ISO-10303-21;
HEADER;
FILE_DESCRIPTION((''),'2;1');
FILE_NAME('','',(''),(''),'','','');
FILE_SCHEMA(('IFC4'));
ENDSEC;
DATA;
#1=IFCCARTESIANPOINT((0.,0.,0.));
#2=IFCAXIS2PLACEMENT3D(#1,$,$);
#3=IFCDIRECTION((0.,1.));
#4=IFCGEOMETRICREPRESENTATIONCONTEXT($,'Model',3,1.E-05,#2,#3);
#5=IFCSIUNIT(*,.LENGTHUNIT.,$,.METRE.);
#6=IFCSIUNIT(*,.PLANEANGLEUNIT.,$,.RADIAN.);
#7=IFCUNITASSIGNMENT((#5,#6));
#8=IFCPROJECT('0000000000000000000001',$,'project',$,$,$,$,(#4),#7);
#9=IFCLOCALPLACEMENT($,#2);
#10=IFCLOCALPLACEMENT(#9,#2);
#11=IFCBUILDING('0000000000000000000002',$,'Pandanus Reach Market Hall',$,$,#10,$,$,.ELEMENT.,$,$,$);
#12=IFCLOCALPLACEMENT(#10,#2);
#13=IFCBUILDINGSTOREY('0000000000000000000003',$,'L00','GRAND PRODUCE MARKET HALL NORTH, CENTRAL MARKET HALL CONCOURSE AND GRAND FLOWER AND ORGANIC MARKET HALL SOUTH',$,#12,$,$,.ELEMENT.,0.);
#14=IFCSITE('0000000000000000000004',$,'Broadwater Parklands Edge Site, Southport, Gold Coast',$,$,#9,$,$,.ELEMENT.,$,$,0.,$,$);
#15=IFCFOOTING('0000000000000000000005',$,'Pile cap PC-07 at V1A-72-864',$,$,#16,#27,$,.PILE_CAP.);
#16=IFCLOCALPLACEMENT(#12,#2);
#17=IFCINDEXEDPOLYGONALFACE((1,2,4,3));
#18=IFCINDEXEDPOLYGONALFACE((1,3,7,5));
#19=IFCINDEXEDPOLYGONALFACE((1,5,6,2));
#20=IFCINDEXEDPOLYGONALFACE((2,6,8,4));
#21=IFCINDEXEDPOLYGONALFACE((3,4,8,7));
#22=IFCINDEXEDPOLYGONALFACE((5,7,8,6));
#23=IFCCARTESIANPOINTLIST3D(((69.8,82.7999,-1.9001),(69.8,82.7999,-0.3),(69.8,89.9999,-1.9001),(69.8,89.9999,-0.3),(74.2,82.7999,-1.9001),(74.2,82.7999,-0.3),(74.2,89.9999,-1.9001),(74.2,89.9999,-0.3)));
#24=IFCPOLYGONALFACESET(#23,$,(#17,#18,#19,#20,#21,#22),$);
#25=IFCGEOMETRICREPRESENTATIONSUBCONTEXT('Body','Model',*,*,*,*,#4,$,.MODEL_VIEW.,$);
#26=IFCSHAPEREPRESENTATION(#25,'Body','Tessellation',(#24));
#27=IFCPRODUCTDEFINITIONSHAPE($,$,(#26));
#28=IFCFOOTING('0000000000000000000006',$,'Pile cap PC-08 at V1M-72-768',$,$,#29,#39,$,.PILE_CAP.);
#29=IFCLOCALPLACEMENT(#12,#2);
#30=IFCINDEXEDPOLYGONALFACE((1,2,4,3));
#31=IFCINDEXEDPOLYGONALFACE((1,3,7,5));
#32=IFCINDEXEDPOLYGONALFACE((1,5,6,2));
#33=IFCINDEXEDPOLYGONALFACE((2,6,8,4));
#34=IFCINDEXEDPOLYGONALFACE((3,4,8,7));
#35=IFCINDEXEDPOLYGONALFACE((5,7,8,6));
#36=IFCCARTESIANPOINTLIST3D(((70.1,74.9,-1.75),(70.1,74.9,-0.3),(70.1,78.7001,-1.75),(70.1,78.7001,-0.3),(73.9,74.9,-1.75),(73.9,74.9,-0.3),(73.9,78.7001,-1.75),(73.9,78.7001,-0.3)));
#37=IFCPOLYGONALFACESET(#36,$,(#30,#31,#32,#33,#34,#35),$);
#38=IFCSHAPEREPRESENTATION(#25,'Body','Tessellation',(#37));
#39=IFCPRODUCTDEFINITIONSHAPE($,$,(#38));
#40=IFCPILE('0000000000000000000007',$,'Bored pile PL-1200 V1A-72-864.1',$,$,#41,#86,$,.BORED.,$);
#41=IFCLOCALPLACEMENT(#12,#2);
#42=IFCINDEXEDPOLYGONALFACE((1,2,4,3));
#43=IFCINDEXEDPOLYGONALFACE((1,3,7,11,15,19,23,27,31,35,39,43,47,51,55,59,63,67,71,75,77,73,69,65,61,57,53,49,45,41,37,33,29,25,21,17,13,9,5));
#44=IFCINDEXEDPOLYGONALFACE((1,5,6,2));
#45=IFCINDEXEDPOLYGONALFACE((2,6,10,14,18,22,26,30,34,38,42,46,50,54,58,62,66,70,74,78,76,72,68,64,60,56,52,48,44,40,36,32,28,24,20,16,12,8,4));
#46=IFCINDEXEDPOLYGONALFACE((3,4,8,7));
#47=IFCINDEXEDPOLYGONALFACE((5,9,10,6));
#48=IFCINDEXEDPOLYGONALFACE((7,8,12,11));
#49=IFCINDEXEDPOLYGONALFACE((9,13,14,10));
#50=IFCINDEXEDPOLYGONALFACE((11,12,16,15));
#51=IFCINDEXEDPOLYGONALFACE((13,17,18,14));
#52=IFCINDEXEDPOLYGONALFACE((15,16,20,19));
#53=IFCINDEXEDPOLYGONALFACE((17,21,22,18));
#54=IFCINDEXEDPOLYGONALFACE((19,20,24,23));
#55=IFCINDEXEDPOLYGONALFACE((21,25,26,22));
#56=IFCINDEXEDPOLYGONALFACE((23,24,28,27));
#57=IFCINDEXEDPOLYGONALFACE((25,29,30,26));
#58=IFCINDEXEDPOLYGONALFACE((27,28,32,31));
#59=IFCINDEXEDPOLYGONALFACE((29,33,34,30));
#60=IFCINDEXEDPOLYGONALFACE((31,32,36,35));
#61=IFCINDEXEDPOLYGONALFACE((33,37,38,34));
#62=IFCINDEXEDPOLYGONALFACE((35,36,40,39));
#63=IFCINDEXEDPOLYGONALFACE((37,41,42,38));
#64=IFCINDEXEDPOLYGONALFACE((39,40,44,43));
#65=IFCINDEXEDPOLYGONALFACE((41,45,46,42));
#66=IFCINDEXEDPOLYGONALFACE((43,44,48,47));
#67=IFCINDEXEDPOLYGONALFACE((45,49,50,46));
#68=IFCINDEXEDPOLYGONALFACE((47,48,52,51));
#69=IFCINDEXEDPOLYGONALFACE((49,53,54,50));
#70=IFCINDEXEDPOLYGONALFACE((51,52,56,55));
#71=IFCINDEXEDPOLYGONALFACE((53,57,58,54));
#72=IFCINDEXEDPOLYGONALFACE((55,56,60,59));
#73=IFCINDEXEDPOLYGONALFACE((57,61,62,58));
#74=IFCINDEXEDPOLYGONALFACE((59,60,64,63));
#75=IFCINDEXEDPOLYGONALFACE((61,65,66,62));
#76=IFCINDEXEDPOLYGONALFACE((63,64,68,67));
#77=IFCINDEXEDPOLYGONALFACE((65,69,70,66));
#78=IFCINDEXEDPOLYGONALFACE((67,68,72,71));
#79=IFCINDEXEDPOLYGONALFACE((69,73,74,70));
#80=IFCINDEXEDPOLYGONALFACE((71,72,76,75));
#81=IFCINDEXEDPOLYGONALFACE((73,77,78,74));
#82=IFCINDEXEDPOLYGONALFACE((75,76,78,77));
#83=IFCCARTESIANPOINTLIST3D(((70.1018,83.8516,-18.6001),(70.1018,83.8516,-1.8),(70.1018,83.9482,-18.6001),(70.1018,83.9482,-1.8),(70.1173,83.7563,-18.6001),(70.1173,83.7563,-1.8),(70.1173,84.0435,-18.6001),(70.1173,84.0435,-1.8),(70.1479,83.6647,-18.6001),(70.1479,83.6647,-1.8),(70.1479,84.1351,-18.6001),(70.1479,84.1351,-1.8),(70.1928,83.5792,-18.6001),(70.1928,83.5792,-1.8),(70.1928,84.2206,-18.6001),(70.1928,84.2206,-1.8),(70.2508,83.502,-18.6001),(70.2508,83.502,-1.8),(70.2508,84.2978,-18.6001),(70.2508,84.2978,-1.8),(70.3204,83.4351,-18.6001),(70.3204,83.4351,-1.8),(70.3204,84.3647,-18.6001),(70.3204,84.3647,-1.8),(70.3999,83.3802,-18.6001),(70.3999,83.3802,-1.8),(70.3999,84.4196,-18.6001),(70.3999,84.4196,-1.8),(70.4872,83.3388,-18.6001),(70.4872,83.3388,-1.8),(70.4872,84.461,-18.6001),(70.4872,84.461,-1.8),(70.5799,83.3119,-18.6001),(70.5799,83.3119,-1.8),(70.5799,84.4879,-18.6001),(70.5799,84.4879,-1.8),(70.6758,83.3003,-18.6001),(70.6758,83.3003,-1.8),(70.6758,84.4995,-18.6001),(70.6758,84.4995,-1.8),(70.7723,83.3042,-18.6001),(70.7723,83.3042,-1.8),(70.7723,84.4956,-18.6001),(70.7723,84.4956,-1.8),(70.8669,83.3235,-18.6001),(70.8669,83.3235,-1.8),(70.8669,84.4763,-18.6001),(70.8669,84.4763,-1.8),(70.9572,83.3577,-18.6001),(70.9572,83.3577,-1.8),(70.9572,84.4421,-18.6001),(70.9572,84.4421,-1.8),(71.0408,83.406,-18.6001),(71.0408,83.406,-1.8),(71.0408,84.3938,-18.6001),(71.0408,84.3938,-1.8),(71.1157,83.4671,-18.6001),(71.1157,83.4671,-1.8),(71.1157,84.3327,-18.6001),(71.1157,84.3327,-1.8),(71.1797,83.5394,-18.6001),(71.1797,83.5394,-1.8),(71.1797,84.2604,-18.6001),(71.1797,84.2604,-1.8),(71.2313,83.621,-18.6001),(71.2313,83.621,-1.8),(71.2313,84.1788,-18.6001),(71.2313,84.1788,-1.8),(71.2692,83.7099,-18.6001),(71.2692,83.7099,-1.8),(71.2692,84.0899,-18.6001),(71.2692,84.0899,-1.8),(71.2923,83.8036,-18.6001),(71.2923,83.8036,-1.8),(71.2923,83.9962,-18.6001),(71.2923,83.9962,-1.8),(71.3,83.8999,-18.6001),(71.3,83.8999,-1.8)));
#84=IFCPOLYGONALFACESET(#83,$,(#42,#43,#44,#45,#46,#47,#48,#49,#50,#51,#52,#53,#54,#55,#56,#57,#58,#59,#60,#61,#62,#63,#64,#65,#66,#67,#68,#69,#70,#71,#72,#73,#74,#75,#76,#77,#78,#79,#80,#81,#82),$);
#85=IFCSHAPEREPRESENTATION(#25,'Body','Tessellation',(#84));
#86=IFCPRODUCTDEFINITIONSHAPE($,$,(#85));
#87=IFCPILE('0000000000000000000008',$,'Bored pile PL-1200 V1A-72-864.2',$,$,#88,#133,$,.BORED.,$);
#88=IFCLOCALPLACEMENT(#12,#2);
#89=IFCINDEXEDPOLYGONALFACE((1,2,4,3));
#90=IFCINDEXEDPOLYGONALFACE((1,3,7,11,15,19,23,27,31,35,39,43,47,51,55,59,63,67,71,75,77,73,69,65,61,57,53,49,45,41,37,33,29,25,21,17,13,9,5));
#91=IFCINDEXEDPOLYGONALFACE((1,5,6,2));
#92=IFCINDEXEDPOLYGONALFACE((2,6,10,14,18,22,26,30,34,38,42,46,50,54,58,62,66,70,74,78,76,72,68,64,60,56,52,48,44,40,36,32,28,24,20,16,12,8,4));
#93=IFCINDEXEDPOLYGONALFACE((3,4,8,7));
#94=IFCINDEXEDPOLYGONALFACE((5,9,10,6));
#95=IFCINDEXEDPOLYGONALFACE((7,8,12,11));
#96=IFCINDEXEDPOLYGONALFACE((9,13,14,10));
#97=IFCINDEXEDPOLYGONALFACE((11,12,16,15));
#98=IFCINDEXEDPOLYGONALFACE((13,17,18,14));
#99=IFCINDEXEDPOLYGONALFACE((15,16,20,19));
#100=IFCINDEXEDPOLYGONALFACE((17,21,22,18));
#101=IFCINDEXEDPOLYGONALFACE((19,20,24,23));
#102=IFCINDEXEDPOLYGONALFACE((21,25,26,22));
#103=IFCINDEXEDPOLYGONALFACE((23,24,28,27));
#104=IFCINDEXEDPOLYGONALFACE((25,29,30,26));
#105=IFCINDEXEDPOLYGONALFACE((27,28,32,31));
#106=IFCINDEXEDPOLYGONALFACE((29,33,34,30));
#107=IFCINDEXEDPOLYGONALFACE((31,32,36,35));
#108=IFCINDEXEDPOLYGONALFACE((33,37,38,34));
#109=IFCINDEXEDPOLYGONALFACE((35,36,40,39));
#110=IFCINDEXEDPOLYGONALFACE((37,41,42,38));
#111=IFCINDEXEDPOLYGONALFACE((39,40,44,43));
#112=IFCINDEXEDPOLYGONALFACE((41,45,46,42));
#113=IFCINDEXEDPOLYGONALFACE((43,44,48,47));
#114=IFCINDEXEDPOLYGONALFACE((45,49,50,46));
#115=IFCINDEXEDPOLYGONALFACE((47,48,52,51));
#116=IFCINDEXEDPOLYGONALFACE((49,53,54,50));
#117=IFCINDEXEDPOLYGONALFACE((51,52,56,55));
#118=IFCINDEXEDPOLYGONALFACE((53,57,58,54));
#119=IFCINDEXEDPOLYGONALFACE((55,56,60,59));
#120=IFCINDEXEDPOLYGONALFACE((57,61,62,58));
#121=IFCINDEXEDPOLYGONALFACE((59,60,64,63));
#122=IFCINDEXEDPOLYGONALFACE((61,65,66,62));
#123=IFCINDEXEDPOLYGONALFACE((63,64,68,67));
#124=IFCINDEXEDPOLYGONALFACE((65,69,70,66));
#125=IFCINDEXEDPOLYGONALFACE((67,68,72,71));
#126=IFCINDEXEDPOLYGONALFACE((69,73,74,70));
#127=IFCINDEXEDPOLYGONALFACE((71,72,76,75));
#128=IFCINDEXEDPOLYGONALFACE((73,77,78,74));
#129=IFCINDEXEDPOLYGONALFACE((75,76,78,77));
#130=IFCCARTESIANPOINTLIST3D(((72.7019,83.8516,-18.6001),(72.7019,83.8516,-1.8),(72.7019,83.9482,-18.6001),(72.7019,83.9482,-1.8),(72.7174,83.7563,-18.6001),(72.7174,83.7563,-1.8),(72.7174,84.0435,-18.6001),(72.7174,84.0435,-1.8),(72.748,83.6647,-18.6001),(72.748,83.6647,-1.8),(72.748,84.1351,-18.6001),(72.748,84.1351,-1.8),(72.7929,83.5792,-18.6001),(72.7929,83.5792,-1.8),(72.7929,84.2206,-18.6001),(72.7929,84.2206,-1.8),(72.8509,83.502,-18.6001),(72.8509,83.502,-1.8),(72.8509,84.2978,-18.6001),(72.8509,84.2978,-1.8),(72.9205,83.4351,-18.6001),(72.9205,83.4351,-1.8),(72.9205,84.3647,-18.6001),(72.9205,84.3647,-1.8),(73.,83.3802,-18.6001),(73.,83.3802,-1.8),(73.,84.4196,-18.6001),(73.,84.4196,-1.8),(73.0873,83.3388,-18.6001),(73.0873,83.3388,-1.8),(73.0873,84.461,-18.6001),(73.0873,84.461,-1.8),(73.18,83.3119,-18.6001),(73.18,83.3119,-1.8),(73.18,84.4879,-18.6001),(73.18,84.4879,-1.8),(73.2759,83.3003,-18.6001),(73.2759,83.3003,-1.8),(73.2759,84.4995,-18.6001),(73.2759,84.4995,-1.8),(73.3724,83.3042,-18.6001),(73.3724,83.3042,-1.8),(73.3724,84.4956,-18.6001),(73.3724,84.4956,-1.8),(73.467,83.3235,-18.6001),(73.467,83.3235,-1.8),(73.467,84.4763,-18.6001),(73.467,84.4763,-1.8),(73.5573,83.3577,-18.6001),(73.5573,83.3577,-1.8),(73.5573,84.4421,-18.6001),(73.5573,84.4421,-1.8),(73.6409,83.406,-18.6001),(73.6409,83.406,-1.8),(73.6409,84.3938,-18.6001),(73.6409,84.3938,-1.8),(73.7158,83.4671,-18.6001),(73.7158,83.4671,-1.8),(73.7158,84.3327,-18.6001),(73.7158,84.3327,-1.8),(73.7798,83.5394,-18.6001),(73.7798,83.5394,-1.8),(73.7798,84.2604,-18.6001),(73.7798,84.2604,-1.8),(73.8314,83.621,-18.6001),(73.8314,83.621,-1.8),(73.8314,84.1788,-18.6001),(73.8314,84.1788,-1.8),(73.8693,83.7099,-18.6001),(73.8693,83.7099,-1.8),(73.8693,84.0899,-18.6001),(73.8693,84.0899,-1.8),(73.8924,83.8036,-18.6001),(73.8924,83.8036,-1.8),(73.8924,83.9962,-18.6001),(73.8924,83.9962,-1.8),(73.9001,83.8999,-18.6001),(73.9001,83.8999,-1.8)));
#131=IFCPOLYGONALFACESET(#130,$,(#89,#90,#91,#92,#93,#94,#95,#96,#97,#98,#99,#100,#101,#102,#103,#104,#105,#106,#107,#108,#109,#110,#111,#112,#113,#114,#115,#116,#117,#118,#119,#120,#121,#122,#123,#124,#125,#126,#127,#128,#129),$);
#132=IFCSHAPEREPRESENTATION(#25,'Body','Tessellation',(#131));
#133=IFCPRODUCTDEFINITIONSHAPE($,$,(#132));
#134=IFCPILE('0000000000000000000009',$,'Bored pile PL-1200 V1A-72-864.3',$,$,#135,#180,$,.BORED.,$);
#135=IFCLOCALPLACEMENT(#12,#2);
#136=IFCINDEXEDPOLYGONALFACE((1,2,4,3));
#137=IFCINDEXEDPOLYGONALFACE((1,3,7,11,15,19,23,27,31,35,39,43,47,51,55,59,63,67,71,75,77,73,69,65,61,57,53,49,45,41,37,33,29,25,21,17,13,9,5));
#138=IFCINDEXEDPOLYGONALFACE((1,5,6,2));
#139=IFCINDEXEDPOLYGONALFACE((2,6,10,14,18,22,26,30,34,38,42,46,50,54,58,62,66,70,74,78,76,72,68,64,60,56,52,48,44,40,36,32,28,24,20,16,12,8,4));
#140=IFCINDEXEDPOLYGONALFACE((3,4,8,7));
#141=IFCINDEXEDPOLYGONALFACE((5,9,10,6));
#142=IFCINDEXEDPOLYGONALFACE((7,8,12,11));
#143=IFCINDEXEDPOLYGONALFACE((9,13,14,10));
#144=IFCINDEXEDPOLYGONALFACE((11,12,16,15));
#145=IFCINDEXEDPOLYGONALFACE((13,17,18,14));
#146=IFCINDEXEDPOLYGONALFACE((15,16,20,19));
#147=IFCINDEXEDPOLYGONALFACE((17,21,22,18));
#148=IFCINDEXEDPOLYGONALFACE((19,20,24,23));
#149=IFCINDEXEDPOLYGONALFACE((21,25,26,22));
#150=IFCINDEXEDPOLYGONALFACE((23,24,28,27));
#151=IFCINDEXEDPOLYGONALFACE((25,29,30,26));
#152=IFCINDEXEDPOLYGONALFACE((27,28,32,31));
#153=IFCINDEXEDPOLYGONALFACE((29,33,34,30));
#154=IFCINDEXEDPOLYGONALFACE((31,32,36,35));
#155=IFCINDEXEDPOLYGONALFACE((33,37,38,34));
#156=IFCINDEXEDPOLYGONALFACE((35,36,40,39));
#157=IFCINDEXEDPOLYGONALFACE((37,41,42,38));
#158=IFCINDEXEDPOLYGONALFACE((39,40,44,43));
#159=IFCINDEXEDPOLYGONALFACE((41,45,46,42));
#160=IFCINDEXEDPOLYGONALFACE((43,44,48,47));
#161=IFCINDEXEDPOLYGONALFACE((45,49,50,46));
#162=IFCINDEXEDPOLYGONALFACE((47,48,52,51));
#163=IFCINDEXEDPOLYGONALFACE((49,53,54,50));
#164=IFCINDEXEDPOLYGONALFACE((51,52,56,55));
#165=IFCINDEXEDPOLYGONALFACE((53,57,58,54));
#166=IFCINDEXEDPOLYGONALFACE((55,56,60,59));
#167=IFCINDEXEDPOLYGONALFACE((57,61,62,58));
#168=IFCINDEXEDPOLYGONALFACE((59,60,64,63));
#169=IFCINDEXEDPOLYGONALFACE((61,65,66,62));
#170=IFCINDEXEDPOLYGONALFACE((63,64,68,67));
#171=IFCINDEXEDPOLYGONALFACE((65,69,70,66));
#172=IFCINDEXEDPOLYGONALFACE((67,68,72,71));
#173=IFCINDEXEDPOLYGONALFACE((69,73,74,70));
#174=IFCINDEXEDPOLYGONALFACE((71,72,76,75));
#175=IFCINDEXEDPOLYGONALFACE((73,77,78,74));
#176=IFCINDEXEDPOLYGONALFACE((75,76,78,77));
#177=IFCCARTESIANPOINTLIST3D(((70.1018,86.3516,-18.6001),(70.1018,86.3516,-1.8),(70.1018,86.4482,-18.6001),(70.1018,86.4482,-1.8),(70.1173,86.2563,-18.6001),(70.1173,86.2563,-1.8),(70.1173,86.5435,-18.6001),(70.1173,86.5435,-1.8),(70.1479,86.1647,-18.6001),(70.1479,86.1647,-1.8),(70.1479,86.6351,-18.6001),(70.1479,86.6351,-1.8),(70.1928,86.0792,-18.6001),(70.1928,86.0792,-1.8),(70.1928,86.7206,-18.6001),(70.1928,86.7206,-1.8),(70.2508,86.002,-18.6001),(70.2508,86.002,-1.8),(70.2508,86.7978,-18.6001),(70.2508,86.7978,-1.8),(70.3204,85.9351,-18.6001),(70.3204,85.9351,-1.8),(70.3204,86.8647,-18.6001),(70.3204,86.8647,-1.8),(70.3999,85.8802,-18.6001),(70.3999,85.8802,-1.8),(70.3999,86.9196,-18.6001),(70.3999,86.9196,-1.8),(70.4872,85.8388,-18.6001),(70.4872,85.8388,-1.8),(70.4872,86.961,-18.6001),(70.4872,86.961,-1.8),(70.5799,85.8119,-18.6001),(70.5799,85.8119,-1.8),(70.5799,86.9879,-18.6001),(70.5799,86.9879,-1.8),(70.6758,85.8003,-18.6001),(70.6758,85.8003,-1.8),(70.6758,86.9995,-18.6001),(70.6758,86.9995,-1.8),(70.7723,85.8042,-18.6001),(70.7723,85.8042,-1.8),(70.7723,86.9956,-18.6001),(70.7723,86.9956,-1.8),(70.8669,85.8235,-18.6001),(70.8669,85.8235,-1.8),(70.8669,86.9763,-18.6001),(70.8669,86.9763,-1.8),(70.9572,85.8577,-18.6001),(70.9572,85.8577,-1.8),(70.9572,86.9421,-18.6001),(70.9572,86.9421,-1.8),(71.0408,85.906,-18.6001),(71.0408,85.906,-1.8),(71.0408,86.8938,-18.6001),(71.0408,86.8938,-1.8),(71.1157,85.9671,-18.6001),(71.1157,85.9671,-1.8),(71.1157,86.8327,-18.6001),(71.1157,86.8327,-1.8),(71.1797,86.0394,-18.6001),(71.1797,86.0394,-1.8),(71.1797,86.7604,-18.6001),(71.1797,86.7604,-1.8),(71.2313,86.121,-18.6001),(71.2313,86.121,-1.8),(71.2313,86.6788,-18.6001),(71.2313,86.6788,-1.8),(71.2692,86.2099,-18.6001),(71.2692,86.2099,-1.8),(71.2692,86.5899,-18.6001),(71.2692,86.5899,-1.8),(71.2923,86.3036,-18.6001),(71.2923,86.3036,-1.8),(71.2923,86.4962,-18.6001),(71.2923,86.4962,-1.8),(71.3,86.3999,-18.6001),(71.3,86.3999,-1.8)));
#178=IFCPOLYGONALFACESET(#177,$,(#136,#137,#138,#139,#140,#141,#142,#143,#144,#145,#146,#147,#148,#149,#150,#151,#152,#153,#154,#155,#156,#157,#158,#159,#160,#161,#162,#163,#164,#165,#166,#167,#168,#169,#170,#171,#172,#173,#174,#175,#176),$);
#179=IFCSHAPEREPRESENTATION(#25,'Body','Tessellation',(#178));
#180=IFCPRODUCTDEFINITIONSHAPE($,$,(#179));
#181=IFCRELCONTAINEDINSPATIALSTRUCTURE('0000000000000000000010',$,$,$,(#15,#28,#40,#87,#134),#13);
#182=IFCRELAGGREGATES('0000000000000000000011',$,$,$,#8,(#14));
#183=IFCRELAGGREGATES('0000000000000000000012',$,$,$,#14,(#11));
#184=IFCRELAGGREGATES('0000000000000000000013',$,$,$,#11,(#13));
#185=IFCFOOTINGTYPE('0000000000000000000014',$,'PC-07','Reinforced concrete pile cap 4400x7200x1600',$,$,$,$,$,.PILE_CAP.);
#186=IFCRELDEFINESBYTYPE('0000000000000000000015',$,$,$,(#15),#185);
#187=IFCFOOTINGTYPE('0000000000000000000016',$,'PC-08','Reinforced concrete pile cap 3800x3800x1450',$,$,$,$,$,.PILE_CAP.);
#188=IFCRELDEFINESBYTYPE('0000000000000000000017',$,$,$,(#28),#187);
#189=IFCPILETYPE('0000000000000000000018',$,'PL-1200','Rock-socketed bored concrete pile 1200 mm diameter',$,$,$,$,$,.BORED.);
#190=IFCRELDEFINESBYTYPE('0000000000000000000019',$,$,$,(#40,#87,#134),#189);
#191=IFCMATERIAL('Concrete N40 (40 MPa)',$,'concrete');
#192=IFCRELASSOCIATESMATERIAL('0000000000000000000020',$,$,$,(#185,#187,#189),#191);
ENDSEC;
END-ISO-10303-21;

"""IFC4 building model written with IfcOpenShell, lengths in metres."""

from ifc_helpers import new_model, si_unit, direction, frame, origin, origin_2d, place, context, subcontext, project, spatial, rectangle, circle, extrude, material, material_profile, profile_set, type_object, element, save


model = new_model("IFC4")

# Units and contexts
model_context = context("Model", 3, precision=1e-05, world=origin(), true_north=direction((0.0, 1.0)))
body_context = subcontext(model_context, "Body", "Model", "MODEL_VIEW")
ifc_project = project(units=[si_unit("LENGTHUNIT", "METRE"), si_unit("PLANEANGLEUNIT", "RADIAN")], contexts=[model_context])

# Site, building, storey
site_placement = place(None, origin())
site = spatial("IfcSite", under=ifc_project, at=site_placement, Name="Broadwater Parklands Edge Site, Southport, Gold Coast", CompositionType="ELEMENT", RefElevation=0.0)
building_placement = place(site_placement, origin())
building = spatial("IfcBuilding", under=site, at=building_placement, Name="Pandanus Reach Market Hall", CompositionType="ELEMENT")
storey_placement = place(building_placement, origin())
storey = spatial("IfcBuildingStorey", under=building, at=storey_placement, Name="L00", Description="GRAND PRODUCE MARKET HALL NORTH, CENTRAL MARKET HALL CONCOURSE AND GRAND FLOWER AND ORGANIC MARKET HALL SOUTH", CompositionType="ELEMENT", Elevation=0.0)

# Footings
ifc_material_1 = material(Name="Concrete N40 (40 MPa)", Category="concrete")
footing_type_1 = type_object("IfcFootingType", Name="PC-07", Description="Reinforced concrete pile cap 4400x7200x1600", PredefinedType="PILE_CAP", material=ifc_material_1)
footing_1_placement = place(storey_placement, frame((72.0, 86.3999, -1.9001), z_axis=(0.0, 0.0, 1.0), x_axis=(1.0, 0.0, 0.0)))
element("IfcFooting", 1, at=footing_1_placement, inside=storey, type_object=footing_type_1, Name="Pile cap PC-07 at V1A-72-864", PredefinedType="PILE_CAP", context=body_context, shape_type="SweptSolid", body=[
    extrude(rectangle(XDim=4.3999, YDim=7.2, at=origin_2d()), origin(), (0.0, 0.0, 1.0), 1.6001),
])
footing_type_2 = type_object("IfcFootingType", Name="PC-08", Description="Reinforced concrete pile cap 3800x3800x1450", PredefinedType="PILE_CAP", material=ifc_material_1)
footing_2_placement = place(storey_placement, frame((72.0, 76.8, -1.75), z_axis=(0.0, 0.0, 1.0), x_axis=(1.0, 0.0, 0.0)))
element("IfcFooting", 2, at=footing_2_placement, inside=storey, type_object=footing_type_2, Name="Pile cap PC-08 at V1M-72-768", PredefinedType="PILE_CAP", context=body_context, shape_type="SweptSolid", body=[
    extrude(rectangle(XDim=3.8, YDim=3.8, at=origin_2d()), origin(), (0.0, 0.0, 1.0), 1.45),
])

# Piles
ifc_material_profile_1 = material_profile(ifc_material_1, circle(Radius=0.6001, at=origin_2d()), Name="PILE-1200D", Category="LoadBearing")
ifc_profile_set_1 = profile_set([ifc_material_profile_1], Name="Concrete N40 (40 MPa)")
pile_type_1 = type_object("IfcPileType", Name="PL-1200", Description="Rock-socketed bored concrete pile 1200 mm diameter", PredefinedType="BORED", material=ifc_profile_set_1)
for number, where, z_axis, x_axis, name in (
    (3, (70.7, 83.8999, -1.8), (0.0, 0.0, -1.0), (1.0, 0.0, 0.0), "Bored pile PL-1200 V1A-72-864.1"),
    (4, (73.3, 83.8999, -1.8), (0.0, 0.0, -1.0), (1.0, 0.0, 0.0), "Bored pile PL-1200 V1A-72-864.2"),
    (5, (70.7, 86.3999, -1.8), (0.0, 0.0, -1.0), (1.0, 0.0, 0.0), "Bored pile PL-1200 V1A-72-864.3"),
):
    element("IfcPile", number, at=place(storey_placement, frame(where, z_axis=z_axis, x_axis=x_axis)), inside=storey, type_object=pile_type_1, Name=name, PredefinedType="BORED", context=body_context, shape_type="SweptSolid", body=[
        extrude(circle(Radius=0.6001, at=origin_2d()), origin(), (0.0, 0.0, 1.0), 16.8),
    ])

save(model, "model.ifc")
